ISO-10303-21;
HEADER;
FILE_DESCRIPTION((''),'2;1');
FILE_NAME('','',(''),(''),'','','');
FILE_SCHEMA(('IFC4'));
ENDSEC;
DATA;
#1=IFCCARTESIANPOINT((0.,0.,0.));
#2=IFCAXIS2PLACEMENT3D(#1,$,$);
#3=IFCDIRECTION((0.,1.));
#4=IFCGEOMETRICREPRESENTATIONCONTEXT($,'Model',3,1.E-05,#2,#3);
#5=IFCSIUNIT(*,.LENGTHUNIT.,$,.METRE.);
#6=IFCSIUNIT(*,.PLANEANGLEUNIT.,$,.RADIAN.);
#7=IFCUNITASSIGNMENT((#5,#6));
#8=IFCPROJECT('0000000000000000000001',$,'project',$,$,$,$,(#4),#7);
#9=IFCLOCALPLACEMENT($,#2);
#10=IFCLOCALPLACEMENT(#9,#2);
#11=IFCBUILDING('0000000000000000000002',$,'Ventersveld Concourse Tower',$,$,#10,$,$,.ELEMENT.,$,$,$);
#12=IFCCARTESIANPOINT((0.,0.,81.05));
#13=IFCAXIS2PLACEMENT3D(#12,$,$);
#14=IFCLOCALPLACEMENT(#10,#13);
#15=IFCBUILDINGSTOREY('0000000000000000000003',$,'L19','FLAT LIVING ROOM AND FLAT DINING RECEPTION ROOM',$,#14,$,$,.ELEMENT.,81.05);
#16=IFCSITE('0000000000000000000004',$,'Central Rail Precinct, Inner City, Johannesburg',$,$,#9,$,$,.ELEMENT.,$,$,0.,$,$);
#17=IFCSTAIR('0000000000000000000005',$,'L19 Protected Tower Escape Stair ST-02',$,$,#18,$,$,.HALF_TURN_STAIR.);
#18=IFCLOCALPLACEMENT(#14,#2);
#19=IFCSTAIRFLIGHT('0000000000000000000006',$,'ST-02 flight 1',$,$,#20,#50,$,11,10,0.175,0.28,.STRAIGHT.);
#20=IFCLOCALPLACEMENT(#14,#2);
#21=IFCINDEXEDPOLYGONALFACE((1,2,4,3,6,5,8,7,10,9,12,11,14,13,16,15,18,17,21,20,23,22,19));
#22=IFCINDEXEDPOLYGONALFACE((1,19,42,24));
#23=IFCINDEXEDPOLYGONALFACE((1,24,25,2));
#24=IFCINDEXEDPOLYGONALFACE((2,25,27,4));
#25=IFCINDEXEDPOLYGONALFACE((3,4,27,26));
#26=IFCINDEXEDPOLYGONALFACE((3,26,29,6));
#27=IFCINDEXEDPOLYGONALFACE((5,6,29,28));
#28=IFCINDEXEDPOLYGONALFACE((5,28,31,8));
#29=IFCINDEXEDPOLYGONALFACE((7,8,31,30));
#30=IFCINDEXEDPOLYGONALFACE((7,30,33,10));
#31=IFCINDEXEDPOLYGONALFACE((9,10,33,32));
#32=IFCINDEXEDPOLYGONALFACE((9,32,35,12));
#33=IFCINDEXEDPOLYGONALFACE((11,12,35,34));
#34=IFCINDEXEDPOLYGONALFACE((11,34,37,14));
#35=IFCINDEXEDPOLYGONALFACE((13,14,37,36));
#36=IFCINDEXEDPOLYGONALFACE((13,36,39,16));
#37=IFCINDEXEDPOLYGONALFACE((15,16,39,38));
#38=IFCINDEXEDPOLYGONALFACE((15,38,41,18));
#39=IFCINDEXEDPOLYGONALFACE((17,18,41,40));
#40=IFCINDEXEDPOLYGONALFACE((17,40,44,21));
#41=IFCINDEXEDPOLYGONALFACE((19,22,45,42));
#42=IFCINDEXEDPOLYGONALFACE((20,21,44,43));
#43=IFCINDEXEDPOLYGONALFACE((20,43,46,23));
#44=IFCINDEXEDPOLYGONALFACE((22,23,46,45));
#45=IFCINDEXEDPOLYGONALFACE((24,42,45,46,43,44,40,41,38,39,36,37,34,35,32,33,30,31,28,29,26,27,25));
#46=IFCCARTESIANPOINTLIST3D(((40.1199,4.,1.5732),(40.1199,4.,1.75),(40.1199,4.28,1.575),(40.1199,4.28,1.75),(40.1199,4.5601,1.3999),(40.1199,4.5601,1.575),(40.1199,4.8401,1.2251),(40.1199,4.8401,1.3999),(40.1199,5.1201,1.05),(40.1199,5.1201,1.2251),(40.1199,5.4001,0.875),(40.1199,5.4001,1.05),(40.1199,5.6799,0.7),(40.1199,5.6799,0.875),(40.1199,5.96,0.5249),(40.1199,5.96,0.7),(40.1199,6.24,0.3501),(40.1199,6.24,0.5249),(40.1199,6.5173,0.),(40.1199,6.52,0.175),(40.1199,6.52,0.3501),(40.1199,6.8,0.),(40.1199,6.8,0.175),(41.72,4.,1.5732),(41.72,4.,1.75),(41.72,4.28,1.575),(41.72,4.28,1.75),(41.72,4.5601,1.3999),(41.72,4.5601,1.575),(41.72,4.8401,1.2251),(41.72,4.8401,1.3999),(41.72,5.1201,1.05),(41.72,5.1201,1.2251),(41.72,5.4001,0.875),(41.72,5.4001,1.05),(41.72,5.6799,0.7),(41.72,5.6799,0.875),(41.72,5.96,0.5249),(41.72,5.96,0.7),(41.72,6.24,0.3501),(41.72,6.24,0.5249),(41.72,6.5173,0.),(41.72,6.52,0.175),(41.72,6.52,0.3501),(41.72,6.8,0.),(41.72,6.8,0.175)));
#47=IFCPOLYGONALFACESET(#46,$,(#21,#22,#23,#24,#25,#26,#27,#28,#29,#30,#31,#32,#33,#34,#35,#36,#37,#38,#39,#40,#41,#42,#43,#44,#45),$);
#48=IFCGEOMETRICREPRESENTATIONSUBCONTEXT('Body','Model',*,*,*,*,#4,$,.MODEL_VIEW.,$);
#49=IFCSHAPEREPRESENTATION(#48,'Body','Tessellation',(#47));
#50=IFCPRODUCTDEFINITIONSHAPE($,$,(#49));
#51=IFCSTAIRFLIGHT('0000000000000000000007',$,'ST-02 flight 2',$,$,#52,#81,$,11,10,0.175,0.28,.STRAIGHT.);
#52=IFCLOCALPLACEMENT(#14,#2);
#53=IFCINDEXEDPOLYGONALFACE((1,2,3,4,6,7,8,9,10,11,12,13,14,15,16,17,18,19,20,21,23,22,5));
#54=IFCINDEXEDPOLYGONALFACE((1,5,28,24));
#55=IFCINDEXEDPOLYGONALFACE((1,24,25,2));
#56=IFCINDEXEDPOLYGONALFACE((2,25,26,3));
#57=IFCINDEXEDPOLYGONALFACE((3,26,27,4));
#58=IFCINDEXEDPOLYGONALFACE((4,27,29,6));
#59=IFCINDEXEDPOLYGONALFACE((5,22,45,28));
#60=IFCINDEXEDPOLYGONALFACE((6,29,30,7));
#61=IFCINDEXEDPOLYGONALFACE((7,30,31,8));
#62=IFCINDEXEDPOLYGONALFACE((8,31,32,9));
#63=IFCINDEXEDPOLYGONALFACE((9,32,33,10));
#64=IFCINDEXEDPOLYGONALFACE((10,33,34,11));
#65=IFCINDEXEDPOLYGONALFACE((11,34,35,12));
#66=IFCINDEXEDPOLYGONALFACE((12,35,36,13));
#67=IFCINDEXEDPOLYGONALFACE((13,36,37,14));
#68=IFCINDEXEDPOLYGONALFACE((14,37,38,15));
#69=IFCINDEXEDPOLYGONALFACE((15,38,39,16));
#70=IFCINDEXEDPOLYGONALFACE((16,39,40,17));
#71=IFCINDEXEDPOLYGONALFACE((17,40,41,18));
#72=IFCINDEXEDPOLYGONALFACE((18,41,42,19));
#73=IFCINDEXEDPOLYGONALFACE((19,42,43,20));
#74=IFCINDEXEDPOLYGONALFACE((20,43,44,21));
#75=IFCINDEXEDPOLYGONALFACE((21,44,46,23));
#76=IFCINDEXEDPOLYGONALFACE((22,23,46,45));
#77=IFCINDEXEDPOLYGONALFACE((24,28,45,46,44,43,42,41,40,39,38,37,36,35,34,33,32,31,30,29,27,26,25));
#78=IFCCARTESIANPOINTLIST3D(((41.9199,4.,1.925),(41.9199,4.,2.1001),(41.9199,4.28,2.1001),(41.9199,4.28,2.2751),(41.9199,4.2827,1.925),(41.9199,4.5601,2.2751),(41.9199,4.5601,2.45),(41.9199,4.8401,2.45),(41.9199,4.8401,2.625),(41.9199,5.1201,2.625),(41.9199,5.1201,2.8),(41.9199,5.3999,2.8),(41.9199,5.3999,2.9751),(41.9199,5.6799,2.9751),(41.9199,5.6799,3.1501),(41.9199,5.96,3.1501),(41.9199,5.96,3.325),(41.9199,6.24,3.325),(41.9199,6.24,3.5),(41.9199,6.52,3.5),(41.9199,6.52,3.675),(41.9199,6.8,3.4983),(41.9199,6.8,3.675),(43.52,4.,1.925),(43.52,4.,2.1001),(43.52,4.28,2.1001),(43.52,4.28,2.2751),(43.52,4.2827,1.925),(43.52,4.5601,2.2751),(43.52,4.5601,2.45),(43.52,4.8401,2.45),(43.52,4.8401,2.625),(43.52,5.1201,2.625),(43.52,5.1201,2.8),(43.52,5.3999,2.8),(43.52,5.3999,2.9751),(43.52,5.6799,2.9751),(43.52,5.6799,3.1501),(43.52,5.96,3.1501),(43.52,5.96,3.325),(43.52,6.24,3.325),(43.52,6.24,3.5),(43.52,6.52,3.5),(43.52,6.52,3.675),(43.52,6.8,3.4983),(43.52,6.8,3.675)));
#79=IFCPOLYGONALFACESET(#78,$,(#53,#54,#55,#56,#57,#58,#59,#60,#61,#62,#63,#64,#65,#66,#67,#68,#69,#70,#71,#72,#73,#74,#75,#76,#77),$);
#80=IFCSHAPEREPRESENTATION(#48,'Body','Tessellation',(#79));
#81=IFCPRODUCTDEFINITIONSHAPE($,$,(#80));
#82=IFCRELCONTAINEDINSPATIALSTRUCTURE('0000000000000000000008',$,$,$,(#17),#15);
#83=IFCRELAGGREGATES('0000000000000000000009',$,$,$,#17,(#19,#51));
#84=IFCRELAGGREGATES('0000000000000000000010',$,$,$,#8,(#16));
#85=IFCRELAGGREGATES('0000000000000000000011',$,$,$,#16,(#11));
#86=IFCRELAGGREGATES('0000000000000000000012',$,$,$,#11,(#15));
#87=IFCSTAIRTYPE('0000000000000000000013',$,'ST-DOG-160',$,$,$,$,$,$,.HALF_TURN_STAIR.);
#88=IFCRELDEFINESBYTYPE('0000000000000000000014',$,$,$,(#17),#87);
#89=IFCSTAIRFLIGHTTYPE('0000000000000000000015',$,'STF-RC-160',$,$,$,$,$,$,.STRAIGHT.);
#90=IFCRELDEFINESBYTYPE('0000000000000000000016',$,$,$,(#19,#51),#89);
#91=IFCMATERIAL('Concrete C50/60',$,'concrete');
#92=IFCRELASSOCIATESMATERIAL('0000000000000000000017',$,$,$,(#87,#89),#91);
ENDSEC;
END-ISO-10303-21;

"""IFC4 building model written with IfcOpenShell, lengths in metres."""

from ifc_helpers import new_model, si_unit, direction, frame, origin, place, context, subcontext, project, spatial, polyline, outline, extrude, material, type_object, element, aggregate, save


model = new_model("IFC4")

# Units and contexts
model_context = context("Model", 3, precision=1e-05, world=origin(), true_north=direction((0.0, 1.0)))
body_context = subcontext(model_context, "Body", "Model", "MODEL_VIEW")
ifc_project = project(units=[si_unit("LENGTHUNIT", "METRE"), si_unit("PLANEANGLEUNIT", "RADIAN")], contexts=[model_context])

# Site, building, storey
site_placement = place(None, origin())
site = spatial("IfcSite", under=ifc_project, at=site_placement, Name="Central Rail Precinct, Inner City, Johannesburg", CompositionType="ELEMENT", RefElevation=0.0)
building_placement = place(site_placement, origin())
building = spatial("IfcBuilding", under=site, at=building_placement, Name="Ventersveld Concourse Tower", CompositionType="ELEMENT")
storey_placement = place(building_placement, frame((0.0, 0.0, 81.05)))
storey = spatial("IfcBuildingStorey", under=building, at=storey_placement, Name="L19", Description="FLAT LIVING ROOM AND FLAT DINING RECEPTION ROOM", CompositionType="ELEMENT", Elevation=81.05)

# Shared definitions
ifc_material_1 = material(Name="Concrete C50/60", Category="concrete")

# Stair, stair flights
stair_type = type_object("IfcStairType", Name="ST-DOG-160", PredefinedType="HALF_TURN_STAIR", material=ifc_material_1)
stair_placement = place(storey_placement, origin())
stair = element("IfcStair", 1, at=stair_placement, inside=storey, type_object=stair_type, Name="L19 Protected Tower Escape Stair ST-02", PredefinedType="HALF_TURN_STAIR")
stair_flight_type = type_object("IfcStairFlightType", Name="STF-RC-160", PredefinedType="STRAIGHT", material=ifc_material_1)
stair_flight_1_placement = place(storey_placement, frame((40.9199, 6.8, 0.0), z_axis=(0.0, 0.0, 1.0), x_axis=(0.0, -1.0, 0.0)))
stair_flight_1 = element("IfcStairFlight", 2, at=stair_flight_1_placement, type_object=stair_flight_type, Name="ST-02 flight 1", NumberOfRisers=11, NumberOfTreads=10, PredefinedType="STRAIGHT", RiserHeight=0.175, TreadLength=0.28, context=body_context, shape_type="SweptSolid", body=[
    extrude(outline(polyline([(0.0, 0.0), (0.0, 0.175), (0.28, 0.175), (0.28, 0.3501), (0.5601, 0.3501), (0.5601, 0.5249), (0.8401, 0.5249), (0.8401, 0.7), (1.1201, 0.7), (1.1201, 0.875), (1.3999, 0.875), (1.3999, 1.05), (1.6799, 1.05), (1.6799, 1.2251), (1.96, 1.2251), (1.96, 1.3999), (2.24, 1.3999), (2.24, 1.575), (2.52, 1.575), (2.52, 1.75), (2.8, 1.75), (2.8, 1.925), (2.8, 1.5732), (0.2827, 0.0), (0.0, 0.0)])), frame((0.0, 0.8, 0.0), z_axis=(0.0, -1.0, 0.0), x_axis=(1.0, 0.0, 0.0)), (0.0, 0.0, 1.0), 1.6001),
])
stair_flight_2_placement = place(storey_placement, frame((42.72, 4.0, 1.925), z_axis=(0.0, 0.0, 1.0), x_axis=(0.0, 1.0, 0.0)))
stair_flight_2 = element("IfcStairFlight", 3, at=stair_flight_2_placement, type_object=stair_flight_type, Name="ST-02 flight 2", NumberOfRisers=11, NumberOfTreads=10, PredefinedType="STRAIGHT", RiserHeight=0.175, TreadLength=0.28, context=body_context, shape_type="SweptSolid", body=[
    extrude(outline(polyline([(0.0, 0.0), (0.0, 0.175), (0.28, 0.175), (0.28, 0.3501), (0.5601, 0.3501), (0.5601, 0.5249), (0.8401, 0.5249), (0.8401, 0.7), (1.1201, 0.7), (1.1201, 0.875), (1.3999, 0.875), (1.3999, 1.05), (1.6799, 1.05), (1.6799, 1.2251), (1.96, 1.2251), (1.96, 1.3999), (2.24, 1.3999), (2.24, 1.575), (2.52, 1.575), (2.52, 1.75), (2.8, 1.75), (2.8, 1.925), (2.8, 1.5732), (0.2827, 0.0), (0.0, 0.0)])), frame((0.0, 0.8, 0.0), z_axis=(0.0, -1.0, 0.0), x_axis=(1.0, 0.0, 0.0)), (0.0, 0.0, 1.0), 1.6001),
])
aggregate(stair, [stair_flight_1, stair_flight_2])

save(model, "model.ifc")
